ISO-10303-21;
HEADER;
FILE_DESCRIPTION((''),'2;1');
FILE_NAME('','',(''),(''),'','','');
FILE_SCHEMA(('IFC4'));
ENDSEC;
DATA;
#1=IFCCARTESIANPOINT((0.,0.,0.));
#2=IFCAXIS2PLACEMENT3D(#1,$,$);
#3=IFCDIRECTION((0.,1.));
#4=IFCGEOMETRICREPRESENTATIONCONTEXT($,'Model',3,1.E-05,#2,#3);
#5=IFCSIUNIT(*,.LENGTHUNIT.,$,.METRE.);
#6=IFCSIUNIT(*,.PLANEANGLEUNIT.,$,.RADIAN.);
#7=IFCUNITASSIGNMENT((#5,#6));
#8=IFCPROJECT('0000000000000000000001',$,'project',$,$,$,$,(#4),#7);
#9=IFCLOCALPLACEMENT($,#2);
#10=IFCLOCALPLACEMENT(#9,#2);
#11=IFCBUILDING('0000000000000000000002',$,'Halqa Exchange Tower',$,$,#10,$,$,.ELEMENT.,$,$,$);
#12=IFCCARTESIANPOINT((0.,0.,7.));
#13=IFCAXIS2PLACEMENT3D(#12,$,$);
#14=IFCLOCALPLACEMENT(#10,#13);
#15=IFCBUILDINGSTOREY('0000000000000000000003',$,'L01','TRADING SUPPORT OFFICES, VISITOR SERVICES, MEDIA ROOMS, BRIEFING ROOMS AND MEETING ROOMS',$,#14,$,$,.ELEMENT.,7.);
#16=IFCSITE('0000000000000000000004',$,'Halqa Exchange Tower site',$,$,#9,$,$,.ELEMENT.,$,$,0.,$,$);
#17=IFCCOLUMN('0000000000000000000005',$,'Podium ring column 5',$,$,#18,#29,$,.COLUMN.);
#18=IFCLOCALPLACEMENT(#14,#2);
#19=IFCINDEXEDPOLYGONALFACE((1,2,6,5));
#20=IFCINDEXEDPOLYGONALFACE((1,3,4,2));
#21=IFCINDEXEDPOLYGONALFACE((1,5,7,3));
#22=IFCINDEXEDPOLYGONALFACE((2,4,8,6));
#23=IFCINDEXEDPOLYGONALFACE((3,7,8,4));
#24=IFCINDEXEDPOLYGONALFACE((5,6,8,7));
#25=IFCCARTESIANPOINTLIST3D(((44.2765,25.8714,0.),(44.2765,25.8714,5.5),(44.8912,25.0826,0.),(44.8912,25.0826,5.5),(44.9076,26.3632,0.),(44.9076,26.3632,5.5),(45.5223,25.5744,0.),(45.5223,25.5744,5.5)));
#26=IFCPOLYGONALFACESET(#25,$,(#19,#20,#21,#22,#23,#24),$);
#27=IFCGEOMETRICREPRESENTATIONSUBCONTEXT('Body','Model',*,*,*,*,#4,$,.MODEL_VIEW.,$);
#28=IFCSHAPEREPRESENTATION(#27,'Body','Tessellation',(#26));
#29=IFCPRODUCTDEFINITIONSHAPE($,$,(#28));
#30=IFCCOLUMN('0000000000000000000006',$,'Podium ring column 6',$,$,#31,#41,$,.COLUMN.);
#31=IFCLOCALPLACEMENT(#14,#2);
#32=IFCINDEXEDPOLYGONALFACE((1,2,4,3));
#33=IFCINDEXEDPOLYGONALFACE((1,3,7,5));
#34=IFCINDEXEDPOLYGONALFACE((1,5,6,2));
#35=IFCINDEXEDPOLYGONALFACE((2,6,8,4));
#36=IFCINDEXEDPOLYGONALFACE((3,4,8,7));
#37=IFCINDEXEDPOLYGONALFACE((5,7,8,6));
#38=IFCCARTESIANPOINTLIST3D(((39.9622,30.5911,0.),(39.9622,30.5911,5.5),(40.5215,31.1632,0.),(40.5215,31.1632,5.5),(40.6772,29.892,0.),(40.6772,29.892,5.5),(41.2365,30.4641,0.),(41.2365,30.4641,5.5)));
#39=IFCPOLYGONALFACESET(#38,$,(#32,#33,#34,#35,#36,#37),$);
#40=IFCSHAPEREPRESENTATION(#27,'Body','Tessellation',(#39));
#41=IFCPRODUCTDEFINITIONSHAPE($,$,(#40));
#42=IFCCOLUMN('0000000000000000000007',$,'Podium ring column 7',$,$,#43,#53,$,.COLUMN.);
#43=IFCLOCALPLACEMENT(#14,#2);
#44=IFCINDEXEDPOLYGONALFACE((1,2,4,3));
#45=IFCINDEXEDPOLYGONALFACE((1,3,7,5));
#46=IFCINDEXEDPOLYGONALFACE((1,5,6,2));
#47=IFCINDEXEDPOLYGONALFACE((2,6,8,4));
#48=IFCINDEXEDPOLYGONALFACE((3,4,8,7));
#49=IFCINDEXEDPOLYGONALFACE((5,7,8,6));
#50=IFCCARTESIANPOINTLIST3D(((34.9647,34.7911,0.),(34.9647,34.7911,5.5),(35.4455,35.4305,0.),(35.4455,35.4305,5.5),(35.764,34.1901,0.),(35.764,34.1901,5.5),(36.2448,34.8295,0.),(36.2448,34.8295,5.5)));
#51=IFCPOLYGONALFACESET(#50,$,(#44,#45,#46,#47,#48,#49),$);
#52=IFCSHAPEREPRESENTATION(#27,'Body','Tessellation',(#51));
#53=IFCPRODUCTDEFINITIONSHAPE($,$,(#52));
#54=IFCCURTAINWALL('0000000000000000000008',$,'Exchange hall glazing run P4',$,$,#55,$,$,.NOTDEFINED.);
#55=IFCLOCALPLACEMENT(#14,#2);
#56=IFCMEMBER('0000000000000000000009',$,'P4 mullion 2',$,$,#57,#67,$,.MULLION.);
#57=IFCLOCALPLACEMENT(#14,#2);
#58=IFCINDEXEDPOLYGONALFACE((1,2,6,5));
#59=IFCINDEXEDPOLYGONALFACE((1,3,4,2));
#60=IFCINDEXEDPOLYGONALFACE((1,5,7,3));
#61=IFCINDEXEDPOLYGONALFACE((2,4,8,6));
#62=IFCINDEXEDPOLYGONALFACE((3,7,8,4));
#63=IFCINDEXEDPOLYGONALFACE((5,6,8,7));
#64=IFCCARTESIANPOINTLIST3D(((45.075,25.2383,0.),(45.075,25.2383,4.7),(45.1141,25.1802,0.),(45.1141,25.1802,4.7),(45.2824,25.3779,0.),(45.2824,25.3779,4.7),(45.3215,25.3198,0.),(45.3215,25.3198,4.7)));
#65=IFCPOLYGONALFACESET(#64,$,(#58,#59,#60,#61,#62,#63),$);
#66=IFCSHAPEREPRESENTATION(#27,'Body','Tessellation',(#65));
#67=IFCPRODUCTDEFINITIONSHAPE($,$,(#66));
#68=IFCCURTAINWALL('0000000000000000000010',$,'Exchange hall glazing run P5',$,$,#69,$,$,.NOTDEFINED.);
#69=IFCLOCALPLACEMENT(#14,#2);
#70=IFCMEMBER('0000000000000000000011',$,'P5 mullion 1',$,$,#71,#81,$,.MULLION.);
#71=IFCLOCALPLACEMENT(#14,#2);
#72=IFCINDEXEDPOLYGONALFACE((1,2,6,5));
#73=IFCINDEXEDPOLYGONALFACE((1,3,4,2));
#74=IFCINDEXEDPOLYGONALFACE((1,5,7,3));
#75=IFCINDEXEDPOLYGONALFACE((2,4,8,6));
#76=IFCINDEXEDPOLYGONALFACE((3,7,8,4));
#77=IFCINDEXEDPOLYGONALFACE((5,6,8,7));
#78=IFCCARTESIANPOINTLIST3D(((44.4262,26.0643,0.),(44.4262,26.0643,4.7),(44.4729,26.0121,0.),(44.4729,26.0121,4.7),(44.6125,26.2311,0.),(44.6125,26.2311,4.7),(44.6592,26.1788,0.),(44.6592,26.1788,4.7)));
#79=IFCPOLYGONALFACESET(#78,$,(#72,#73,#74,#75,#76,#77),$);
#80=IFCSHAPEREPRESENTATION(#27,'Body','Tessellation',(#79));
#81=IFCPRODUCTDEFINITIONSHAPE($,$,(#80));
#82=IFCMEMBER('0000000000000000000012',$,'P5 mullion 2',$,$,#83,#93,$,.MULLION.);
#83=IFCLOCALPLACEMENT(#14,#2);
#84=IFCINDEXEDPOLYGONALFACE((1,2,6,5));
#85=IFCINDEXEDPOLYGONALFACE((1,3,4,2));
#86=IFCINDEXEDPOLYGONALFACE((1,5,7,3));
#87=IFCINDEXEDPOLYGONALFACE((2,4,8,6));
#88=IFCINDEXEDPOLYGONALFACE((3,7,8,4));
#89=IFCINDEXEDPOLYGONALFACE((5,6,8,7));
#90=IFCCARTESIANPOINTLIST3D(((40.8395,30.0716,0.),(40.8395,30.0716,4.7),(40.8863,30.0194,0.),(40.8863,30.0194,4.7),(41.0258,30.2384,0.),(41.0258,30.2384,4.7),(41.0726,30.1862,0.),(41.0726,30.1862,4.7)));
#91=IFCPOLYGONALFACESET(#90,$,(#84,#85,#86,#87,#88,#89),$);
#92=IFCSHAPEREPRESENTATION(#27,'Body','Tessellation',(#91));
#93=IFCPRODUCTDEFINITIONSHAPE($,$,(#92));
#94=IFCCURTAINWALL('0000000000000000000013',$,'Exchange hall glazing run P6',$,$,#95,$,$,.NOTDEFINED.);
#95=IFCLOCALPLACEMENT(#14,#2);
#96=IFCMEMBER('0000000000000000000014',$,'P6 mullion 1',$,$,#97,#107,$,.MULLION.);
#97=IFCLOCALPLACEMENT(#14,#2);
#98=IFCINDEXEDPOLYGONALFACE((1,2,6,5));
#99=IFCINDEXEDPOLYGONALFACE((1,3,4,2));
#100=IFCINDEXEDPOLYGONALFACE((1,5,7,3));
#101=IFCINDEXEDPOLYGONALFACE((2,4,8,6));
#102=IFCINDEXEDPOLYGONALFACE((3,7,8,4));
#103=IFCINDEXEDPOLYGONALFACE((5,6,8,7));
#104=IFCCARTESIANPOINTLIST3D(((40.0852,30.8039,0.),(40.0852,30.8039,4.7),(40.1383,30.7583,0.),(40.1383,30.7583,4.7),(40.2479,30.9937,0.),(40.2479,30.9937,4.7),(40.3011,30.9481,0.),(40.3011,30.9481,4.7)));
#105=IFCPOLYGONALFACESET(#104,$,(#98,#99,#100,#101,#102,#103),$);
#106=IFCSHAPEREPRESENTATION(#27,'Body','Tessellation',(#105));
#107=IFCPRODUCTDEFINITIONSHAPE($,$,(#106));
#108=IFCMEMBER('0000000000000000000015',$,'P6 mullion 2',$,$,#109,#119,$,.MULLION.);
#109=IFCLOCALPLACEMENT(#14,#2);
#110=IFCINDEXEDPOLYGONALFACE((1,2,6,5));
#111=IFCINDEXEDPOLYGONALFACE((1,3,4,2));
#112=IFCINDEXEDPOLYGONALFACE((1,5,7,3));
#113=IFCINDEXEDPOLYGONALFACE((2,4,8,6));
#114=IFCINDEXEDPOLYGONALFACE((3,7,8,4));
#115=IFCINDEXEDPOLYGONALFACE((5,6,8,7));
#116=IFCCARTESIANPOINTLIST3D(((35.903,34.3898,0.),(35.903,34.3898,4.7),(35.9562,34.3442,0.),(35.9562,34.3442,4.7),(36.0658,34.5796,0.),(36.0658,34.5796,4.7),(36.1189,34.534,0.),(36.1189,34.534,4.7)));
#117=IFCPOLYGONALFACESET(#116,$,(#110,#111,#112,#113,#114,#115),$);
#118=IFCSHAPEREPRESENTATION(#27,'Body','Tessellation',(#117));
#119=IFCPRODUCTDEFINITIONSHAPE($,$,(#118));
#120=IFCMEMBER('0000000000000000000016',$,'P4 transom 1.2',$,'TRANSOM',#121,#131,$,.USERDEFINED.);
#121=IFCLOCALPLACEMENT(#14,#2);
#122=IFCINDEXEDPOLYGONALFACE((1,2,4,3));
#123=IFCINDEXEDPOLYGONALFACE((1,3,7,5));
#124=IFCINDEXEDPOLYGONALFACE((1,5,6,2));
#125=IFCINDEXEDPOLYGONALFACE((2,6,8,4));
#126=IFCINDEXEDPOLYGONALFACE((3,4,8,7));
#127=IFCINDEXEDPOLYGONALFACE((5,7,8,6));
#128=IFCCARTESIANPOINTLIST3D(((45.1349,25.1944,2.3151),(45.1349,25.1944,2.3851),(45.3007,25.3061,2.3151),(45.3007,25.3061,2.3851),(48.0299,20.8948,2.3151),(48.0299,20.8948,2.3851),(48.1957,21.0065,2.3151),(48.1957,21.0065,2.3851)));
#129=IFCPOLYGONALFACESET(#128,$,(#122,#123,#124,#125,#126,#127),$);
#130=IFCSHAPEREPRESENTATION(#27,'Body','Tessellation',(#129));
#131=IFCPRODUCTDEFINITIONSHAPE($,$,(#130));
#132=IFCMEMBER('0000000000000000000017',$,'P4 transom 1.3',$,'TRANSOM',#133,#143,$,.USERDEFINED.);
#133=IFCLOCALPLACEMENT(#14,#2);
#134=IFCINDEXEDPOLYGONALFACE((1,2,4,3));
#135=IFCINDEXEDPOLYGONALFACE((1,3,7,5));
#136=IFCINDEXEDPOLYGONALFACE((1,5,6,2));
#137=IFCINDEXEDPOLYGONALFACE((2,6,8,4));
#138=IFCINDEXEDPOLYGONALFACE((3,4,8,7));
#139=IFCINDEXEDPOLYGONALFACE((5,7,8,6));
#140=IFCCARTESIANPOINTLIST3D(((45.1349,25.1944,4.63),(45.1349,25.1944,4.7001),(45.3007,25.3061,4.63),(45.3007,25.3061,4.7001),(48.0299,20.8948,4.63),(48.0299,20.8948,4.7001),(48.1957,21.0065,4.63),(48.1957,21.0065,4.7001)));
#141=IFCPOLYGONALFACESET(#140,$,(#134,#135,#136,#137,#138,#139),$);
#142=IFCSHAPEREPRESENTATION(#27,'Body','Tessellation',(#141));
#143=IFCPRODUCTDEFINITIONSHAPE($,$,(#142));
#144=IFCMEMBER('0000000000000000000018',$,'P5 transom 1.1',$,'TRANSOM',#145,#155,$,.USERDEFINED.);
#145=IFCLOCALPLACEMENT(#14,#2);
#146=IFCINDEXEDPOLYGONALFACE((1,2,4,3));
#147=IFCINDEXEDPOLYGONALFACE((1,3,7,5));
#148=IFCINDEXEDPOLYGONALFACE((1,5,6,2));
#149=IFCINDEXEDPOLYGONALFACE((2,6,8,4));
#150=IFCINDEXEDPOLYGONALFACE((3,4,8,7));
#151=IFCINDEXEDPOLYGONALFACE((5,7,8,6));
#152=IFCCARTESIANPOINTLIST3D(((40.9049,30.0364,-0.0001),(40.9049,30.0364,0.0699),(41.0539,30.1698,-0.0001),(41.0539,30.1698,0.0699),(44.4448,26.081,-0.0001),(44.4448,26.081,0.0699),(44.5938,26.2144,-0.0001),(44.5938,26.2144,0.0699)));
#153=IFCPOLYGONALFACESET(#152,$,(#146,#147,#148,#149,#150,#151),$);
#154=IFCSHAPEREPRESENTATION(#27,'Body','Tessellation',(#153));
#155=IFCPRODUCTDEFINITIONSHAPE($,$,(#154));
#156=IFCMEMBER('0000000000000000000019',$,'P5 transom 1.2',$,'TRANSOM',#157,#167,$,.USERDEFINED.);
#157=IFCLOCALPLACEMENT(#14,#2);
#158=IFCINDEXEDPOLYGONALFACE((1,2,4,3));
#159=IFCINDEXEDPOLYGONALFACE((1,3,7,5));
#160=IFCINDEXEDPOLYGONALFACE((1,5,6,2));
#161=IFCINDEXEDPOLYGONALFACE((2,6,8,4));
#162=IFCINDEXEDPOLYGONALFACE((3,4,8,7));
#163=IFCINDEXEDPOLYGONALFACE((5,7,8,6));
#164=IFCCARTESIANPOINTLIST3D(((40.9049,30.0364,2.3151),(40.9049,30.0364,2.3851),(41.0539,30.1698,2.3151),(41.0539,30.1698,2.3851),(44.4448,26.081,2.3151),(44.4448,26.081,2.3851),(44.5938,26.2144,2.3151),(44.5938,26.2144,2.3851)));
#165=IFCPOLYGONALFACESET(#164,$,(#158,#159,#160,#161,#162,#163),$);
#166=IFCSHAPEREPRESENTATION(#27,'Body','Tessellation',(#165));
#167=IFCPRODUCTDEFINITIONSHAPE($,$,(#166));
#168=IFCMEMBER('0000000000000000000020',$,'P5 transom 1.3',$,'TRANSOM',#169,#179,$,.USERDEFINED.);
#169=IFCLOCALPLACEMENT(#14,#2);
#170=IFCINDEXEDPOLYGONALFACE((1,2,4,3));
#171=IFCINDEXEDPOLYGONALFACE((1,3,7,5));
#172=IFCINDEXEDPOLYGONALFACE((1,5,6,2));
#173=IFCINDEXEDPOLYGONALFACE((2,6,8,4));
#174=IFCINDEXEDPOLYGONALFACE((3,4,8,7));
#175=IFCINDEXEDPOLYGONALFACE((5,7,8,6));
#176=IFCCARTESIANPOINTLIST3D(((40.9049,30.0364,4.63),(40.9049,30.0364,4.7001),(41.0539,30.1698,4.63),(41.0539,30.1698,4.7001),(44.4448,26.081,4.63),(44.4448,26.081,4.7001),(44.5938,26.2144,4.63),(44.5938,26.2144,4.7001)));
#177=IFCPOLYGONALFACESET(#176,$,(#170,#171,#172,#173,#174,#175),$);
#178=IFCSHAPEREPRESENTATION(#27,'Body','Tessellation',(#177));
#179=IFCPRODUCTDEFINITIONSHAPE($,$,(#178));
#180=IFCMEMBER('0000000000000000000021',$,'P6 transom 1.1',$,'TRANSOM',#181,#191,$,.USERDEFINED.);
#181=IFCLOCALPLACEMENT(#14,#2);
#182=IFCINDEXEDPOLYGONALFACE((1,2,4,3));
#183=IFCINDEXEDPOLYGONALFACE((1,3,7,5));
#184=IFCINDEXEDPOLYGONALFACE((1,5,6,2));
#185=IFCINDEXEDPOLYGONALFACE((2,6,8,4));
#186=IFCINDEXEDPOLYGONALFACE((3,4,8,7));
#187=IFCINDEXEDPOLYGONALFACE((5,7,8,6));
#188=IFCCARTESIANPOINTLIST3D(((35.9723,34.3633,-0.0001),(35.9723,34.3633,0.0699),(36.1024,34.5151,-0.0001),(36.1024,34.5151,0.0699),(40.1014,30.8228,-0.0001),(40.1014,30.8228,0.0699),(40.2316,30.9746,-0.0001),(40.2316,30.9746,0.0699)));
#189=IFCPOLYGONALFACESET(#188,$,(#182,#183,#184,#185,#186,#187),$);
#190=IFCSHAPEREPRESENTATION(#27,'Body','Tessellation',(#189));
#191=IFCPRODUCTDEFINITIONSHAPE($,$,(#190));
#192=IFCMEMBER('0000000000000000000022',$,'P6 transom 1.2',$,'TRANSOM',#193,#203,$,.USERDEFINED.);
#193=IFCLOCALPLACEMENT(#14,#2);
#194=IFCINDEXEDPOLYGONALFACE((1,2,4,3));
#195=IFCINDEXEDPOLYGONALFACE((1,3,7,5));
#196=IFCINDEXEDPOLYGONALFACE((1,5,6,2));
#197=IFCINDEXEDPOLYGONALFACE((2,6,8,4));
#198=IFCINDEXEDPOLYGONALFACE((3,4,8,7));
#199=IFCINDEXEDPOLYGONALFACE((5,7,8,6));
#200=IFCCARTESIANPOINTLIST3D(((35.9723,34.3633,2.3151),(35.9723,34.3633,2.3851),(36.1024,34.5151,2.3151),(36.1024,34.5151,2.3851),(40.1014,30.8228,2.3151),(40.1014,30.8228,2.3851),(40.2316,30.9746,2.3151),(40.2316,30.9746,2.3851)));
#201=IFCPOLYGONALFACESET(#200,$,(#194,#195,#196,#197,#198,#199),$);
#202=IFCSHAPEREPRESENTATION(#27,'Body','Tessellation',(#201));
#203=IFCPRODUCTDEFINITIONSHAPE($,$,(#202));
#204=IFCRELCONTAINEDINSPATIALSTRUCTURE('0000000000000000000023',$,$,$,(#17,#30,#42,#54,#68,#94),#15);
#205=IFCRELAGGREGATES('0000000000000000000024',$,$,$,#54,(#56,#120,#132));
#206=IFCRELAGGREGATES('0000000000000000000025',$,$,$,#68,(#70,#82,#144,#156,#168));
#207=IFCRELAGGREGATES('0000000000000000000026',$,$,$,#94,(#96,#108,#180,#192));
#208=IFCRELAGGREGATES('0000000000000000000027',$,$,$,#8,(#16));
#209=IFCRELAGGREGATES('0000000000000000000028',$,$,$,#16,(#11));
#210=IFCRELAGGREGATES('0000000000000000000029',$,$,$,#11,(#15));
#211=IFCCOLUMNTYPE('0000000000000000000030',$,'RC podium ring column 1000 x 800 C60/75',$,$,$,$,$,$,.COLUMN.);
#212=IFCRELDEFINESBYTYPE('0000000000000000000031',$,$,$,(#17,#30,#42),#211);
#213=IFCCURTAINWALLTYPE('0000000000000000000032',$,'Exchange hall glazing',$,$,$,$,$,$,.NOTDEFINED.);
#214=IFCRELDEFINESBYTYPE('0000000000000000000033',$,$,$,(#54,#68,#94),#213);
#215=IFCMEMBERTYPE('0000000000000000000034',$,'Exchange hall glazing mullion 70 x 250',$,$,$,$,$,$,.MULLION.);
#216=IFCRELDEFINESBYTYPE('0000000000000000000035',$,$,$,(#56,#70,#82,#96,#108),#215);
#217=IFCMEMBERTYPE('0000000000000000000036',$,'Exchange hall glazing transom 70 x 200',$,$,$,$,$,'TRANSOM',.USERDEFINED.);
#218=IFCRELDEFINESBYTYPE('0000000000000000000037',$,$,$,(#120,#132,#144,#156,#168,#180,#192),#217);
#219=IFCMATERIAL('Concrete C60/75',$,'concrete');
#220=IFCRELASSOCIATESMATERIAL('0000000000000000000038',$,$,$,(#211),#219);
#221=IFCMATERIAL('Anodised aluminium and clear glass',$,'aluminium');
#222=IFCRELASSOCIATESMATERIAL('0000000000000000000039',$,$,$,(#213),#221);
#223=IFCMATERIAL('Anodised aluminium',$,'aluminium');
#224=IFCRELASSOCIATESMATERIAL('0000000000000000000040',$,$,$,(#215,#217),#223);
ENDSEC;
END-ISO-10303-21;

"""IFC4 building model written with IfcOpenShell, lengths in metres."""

from ifc_helpers import new_model, si_unit, direction, frame, origin, origin_2d, place, context, subcontext, project, spatial, rectangle, extrude, material, material_profile, profile_set, type_object, element, aggregate, save


model = new_model("IFC4")

# Units and contexts
model_context = context("Model", 3, precision=1e-05, world=origin(), true_north=direction((0.0, 1.0)))
body_context = subcontext(model_context, "Body", "Model", "MODEL_VIEW")
ifc_project = project(units=[si_unit("LENGTHUNIT", "METRE"), si_unit("PLANEANGLEUNIT", "RADIAN")], contexts=[model_context])

# Site, building, storey
site_placement = place(None, origin())
site = spatial("IfcSite", under=ifc_project, at=site_placement, Name="Halqa Exchange Tower site", CompositionType="ELEMENT", RefElevation=0.0)
building_placement = place(site_placement, origin())
building = spatial("IfcBuilding", under=site, at=building_placement, Name="Halqa Exchange Tower", CompositionType="ELEMENT")
storey_placement = place(building_placement, frame((0.0, 0.0, 7.0)))
storey = spatial("IfcBuildingStorey", under=building, at=storey_placement, Name="L01", Description="TRADING SUPPORT OFFICES, VISITOR SERVICES, MEDIA ROOMS, BRIEFING ROOMS AND MEETING ROOMS", CompositionType="ELEMENT", Elevation=7.0)

# Columns
ifc_material_1 = material(Name="Concrete C60/75", Category="concrete")
ifc_material_profile_1 = material_profile(ifc_material_1, rectangle(XDim=1.0, YDim=0.8, at=origin_2d()), Name="1000 x 800")
ifc_profile_set_1 = profile_set([ifc_material_profile_1], Name="Concrete C60/75")
column_type = type_object("IfcColumnType", Name="RC podium ring column 1000 x 800 C60/75", PredefinedType="COLUMN", material=ifc_profile_set_1)
for number, where, z_axis, x_axis, name in (
    (1, (44.8994, 25.7229, 0.0), (0.0, 0.0, 1.0), (-0.614691, 0.788768, 0.0), "Podium ring column 5"),
    (2, (40.5994, 30.5276, 0.0), (0.0, 0.0, 1.0), (-0.715039, 0.699085, 0.0), "Podium ring column 6"),
    (3, (35.6047, 34.8103, 0.0), (0.0, 0.0, 1.0), (-0.79926, 0.600985, 0.0), "Podium ring column 7"),
):
    element("IfcColumn", number, at=place(storey_placement, frame(where, z_axis=z_axis, x_axis=x_axis)), inside=storey, type_object=column_type, Name=name, PredefinedType="COLUMN", context=body_context, shape_type="SweptSolid", body=[
        extrude(rectangle(XDim=1.0, YDim=0.8, at=origin_2d()), origin(), (0.0, 0.0, 1.0), 5.5),
    ])

# Curtain wall, member
ifc_material_2 = material(Name="Anodised aluminium and clear glass", Category="aluminium")
curtain_wall_type = type_object("IfcCurtainWallType", Name="Exchange hall glazing", PredefinedType="NOTDEFINED", material=ifc_material_2)
curtain_wall_1_placement = place(storey_placement, origin())
curtain_wall_1 = element("IfcCurtainWall", 4, at=curtain_wall_1_placement, inside=storey, type_object=curtain_wall_type, Name="Exchange hall glazing run P4", PredefinedType="NOTDEFINED")
ifc_material_3 = material(Name="Anodised aluminium", Category="aluminium")
ifc_material_profile_2 = material_profile(ifc_material_3, rectangle(XDim=0.25, YDim=0.0701, at=origin_2d()), Name="AL 70x250")
ifc_profile_set_2 = profile_set([ifc_material_profile_2], Name="Anodised aluminium")
member_type_1 = type_object("IfcMemberType", Name="Exchange hall glazing mullion 70 x 250", PredefinedType="MULLION", material=ifc_profile_set_2)
member_1_placement = place(storey_placement, frame((45.1982, 25.2791, 0.0), z_axis=(0.0, 0.0, 1.0), x_axis=(-0.82949, -0.558522, 0.0)))
member_1 = element("IfcMember", 5, at=member_1_placement, type_object=member_type_1, Name="P4 mullion 2", PredefinedType="MULLION", context=body_context, shape_type="SweptSolid", body=[
    extrude(rectangle(XDim=0.25, YDim=0.0701, at=origin_2d()), origin(), (0.0, 0.0, 1.0), 4.7),
])

# Curtain walls, members
curtain_wall_2_placement = place(storey_placement, origin())
curtain_wall_2 = element("IfcCurtainWall", 6, at=curtain_wall_2_placement, inside=storey, type_object=curtain_wall_type, Name="Exchange hall glazing run P5", PredefinedType="NOTDEFINED")
member_2_placement = place(storey_placement, frame((44.5427, 26.1216, 0.0), z_axis=(0.0, 0.0, 1.0), x_axis=(-0.745148, -0.666899, 0.0)))
member_2 = element("IfcMember", 7, at=member_2_placement, type_object=member_type_1, Name="P5 mullion 1", PredefinedType="MULLION", context=body_context, shape_type="SweptSolid", body=[
    extrude(rectangle(XDim=0.25, YDim=0.0701, at=origin_2d()), origin(), (0.0, 0.0, 1.0), 4.7),
])
member_3_placement = place(storey_placement, frame((40.9561, 30.1289, 0.0), z_axis=(0.0, 0.0, 1.0), x_axis=(-0.745148, -0.666899, 0.0)))
member_3 = element("IfcMember", 8, at=member_3_placement, type_object=member_type_1, Name="P5 mullion 2", PredefinedType="MULLION", context=body_context, shape_type="SweptSolid", body=[
    extrude(rectangle(XDim=0.25, YDim=0.0701, at=origin_2d()), origin(), (0.0, 0.0, 1.0), 4.7),
])
curtain_wall_3_placement = place(storey_placement, origin())
curtain_wall_3 = element("IfcCurtainWall", 9, at=curtain_wall_3_placement, inside=storey, type_object=curtain_wall_type, Name="Exchange hall glazing run P6", PredefinedType="NOTDEFINED")
member_4_placement = place(storey_placement, frame((40.1931, 30.876, 0.0), z_axis=(0.0, 0.0, 1.0), x_axis=(-0.650911, -0.759154, 0.0)))
member_4 = element("IfcMember", 10, at=member_4_placement, type_object=member_type_1, Name="P6 mullion 1", PredefinedType="MULLION", context=body_context, shape_type="SweptSolid", body=[
    extrude(rectangle(XDim=0.25, YDim=0.0701, at=origin_2d()), origin(), (0.0, 0.0, 1.0), 4.7),
])
member_5_placement = place(storey_placement, frame((36.011, 34.4619, 0.0), z_axis=(0.0, 0.0, 1.0), x_axis=(-0.650911, -0.759154, 0.0)))
member_5 = element("IfcMember", 11, at=member_5_placement, type_object=member_type_1, Name="P6 mullion 2", PredefinedType="MULLION", context=body_context, shape_type="SweptSolid", body=[
    extrude(rectangle(XDim=0.25, YDim=0.0701, at=origin_2d()), origin(), (0.0, 0.0, 1.0), 4.7),
])

# Members
ifc_material_profile_3 = material_profile(ifc_material_3, rectangle(XDim=0.2, YDim=0.0701, at=origin_2d()), Name="AL 70x200")
ifc_profile_set_3 = profile_set([ifc_material_profile_3], Name="Anodised aluminium")
member_type_2 = type_object("IfcMemberType", Name="Exchange hall glazing transom 70 x 200", ElementType="TRANSOM", PredefinedType="USERDEFINED", material=ifc_profile_set_3)
member_6_placement = place(storey_placement, frame((48.1128, 20.9507, 2.3501), z_axis=(-0.55852, 0.829491, 0.0), x_axis=(-0.829491, -0.55852, 0.0)))
member_6 = element("IfcMember", 12, at=member_6_placement, type_object=member_type_2, Name="P4 transom 1.2", ObjectType="TRANSOM", PredefinedType="USERDEFINED", context=body_context, shape_type="SweptSolid", body=[
    extrude(rectangle(XDim=0.2, YDim=0.0701, at=origin_2d()), origin(), (0.0, 0.0, 1.0), 5.1833),
])
member_7_placement = place(storey_placement, frame((48.1128, 20.9507, 4.665), z_axis=(-0.55852, 0.829491, 0.0), x_axis=(-0.829491, -0.55852, 0.0)))
member_7 = element("IfcMember", 13, at=member_7_placement, type_object=member_type_2, Name="P4 transom 1.3", ObjectType="TRANSOM", PredefinedType="USERDEFINED", context=body_context, shape_type="SweptSolid", body=[
    extrude(rectangle(XDim=0.2, YDim=0.0701, at=origin_2d()), origin(), (0.0, 0.0, 1.0), 5.1833),
])
member_8_placement = place(storey_placement, frame((44.5193, 26.1477, 0.0349), z_axis=(-0.666881, 0.745164, 0.0), x_axis=(-0.745164, -0.666881, 0.0)))
member_8 = element("IfcMember", 14, at=member_8_placement, type_object=member_type_2, Name="P5 transom 1.1", ObjectType="TRANSOM", PredefinedType="USERDEFINED", context=body_context, shape_type="SweptSolid", body=[
    extrude(rectangle(XDim=0.2, YDim=0.0701, at=origin_2d()), origin(), (0.0, 0.0, 1.0), 5.3081),
])
member_9_placement = place(storey_placement, frame((44.5193, 26.1477, 2.3501), z_axis=(-0.666881, 0.745164, 0.0), x_axis=(-0.745164, -0.666881, 0.0)))
member_9 = element("IfcMember", 15, at=member_9_placement, type_object=member_type_2, Name="P5 transom 1.2", ObjectType="TRANSOM", PredefinedType="USERDEFINED", context=body_context, shape_type="SweptSolid", body=[
    extrude(rectangle(XDim=0.2, YDim=0.0701, at=origin_2d()), origin(), (0.0, 0.0, 1.0), 5.3081),
])
member_10_placement = place(storey_placement, frame((44.5193, 26.1477, 4.665), z_axis=(-0.666881, 0.745164, 0.0), x_axis=(-0.745164, -0.666881, 0.0)))
member_10 = element("IfcMember", 16, at=member_10_placement, type_object=member_type_2, Name="P5 transom 1.3", ObjectType="TRANSOM", PredefinedType="USERDEFINED", context=body_context, shape_type="SweptSolid", body=[
    extrude(rectangle(XDim=0.2, YDim=0.0701, at=origin_2d()), origin(), (0.0, 0.0, 1.0), 5.3081),
])
member_11_placement = place(storey_placement, frame((40.1665, 30.8987, 0.0349), z_axis=(-0.759143, 0.650924, 0.0), x_axis=(-0.650924, -0.759143, 0.0)))
member_11 = element("IfcMember", 17, at=member_11_placement, type_object=member_type_2, Name="P6 transom 1.1", ObjectType="TRANSOM", PredefinedType="USERDEFINED", context=body_context, shape_type="SweptSolid", body=[
    extrude(rectangle(XDim=0.2, YDim=0.0701, at=origin_2d()), origin(), (0.0, 0.0, 1.0), 5.4392),
])
member_12_placement = place(storey_placement, frame((40.1665, 30.8987, 2.3501), z_axis=(-0.759143, 0.650924, 0.0), x_axis=(-0.650924, -0.759143, 0.0)))
member_12 = element("IfcMember", 18, at=member_12_placement, type_object=member_type_2, Name="P6 transom 1.2", ObjectType="TRANSOM", PredefinedType="USERDEFINED", context=body_context, shape_type="SweptSolid", body=[
    extrude(rectangle(XDim=0.2, YDim=0.0701, at=origin_2d()), origin(), (0.0, 0.0, 1.0), 5.4392),
])

aggregate(curtain_wall_1, [member_1, member_6, member_7])
aggregate(curtain_wall_2, [member_2, member_3, member_8, member_9, member_10])
aggregate(curtain_wall_3, [member_4, member_5, member_11, member_12])

save(model, "model.ifc")
